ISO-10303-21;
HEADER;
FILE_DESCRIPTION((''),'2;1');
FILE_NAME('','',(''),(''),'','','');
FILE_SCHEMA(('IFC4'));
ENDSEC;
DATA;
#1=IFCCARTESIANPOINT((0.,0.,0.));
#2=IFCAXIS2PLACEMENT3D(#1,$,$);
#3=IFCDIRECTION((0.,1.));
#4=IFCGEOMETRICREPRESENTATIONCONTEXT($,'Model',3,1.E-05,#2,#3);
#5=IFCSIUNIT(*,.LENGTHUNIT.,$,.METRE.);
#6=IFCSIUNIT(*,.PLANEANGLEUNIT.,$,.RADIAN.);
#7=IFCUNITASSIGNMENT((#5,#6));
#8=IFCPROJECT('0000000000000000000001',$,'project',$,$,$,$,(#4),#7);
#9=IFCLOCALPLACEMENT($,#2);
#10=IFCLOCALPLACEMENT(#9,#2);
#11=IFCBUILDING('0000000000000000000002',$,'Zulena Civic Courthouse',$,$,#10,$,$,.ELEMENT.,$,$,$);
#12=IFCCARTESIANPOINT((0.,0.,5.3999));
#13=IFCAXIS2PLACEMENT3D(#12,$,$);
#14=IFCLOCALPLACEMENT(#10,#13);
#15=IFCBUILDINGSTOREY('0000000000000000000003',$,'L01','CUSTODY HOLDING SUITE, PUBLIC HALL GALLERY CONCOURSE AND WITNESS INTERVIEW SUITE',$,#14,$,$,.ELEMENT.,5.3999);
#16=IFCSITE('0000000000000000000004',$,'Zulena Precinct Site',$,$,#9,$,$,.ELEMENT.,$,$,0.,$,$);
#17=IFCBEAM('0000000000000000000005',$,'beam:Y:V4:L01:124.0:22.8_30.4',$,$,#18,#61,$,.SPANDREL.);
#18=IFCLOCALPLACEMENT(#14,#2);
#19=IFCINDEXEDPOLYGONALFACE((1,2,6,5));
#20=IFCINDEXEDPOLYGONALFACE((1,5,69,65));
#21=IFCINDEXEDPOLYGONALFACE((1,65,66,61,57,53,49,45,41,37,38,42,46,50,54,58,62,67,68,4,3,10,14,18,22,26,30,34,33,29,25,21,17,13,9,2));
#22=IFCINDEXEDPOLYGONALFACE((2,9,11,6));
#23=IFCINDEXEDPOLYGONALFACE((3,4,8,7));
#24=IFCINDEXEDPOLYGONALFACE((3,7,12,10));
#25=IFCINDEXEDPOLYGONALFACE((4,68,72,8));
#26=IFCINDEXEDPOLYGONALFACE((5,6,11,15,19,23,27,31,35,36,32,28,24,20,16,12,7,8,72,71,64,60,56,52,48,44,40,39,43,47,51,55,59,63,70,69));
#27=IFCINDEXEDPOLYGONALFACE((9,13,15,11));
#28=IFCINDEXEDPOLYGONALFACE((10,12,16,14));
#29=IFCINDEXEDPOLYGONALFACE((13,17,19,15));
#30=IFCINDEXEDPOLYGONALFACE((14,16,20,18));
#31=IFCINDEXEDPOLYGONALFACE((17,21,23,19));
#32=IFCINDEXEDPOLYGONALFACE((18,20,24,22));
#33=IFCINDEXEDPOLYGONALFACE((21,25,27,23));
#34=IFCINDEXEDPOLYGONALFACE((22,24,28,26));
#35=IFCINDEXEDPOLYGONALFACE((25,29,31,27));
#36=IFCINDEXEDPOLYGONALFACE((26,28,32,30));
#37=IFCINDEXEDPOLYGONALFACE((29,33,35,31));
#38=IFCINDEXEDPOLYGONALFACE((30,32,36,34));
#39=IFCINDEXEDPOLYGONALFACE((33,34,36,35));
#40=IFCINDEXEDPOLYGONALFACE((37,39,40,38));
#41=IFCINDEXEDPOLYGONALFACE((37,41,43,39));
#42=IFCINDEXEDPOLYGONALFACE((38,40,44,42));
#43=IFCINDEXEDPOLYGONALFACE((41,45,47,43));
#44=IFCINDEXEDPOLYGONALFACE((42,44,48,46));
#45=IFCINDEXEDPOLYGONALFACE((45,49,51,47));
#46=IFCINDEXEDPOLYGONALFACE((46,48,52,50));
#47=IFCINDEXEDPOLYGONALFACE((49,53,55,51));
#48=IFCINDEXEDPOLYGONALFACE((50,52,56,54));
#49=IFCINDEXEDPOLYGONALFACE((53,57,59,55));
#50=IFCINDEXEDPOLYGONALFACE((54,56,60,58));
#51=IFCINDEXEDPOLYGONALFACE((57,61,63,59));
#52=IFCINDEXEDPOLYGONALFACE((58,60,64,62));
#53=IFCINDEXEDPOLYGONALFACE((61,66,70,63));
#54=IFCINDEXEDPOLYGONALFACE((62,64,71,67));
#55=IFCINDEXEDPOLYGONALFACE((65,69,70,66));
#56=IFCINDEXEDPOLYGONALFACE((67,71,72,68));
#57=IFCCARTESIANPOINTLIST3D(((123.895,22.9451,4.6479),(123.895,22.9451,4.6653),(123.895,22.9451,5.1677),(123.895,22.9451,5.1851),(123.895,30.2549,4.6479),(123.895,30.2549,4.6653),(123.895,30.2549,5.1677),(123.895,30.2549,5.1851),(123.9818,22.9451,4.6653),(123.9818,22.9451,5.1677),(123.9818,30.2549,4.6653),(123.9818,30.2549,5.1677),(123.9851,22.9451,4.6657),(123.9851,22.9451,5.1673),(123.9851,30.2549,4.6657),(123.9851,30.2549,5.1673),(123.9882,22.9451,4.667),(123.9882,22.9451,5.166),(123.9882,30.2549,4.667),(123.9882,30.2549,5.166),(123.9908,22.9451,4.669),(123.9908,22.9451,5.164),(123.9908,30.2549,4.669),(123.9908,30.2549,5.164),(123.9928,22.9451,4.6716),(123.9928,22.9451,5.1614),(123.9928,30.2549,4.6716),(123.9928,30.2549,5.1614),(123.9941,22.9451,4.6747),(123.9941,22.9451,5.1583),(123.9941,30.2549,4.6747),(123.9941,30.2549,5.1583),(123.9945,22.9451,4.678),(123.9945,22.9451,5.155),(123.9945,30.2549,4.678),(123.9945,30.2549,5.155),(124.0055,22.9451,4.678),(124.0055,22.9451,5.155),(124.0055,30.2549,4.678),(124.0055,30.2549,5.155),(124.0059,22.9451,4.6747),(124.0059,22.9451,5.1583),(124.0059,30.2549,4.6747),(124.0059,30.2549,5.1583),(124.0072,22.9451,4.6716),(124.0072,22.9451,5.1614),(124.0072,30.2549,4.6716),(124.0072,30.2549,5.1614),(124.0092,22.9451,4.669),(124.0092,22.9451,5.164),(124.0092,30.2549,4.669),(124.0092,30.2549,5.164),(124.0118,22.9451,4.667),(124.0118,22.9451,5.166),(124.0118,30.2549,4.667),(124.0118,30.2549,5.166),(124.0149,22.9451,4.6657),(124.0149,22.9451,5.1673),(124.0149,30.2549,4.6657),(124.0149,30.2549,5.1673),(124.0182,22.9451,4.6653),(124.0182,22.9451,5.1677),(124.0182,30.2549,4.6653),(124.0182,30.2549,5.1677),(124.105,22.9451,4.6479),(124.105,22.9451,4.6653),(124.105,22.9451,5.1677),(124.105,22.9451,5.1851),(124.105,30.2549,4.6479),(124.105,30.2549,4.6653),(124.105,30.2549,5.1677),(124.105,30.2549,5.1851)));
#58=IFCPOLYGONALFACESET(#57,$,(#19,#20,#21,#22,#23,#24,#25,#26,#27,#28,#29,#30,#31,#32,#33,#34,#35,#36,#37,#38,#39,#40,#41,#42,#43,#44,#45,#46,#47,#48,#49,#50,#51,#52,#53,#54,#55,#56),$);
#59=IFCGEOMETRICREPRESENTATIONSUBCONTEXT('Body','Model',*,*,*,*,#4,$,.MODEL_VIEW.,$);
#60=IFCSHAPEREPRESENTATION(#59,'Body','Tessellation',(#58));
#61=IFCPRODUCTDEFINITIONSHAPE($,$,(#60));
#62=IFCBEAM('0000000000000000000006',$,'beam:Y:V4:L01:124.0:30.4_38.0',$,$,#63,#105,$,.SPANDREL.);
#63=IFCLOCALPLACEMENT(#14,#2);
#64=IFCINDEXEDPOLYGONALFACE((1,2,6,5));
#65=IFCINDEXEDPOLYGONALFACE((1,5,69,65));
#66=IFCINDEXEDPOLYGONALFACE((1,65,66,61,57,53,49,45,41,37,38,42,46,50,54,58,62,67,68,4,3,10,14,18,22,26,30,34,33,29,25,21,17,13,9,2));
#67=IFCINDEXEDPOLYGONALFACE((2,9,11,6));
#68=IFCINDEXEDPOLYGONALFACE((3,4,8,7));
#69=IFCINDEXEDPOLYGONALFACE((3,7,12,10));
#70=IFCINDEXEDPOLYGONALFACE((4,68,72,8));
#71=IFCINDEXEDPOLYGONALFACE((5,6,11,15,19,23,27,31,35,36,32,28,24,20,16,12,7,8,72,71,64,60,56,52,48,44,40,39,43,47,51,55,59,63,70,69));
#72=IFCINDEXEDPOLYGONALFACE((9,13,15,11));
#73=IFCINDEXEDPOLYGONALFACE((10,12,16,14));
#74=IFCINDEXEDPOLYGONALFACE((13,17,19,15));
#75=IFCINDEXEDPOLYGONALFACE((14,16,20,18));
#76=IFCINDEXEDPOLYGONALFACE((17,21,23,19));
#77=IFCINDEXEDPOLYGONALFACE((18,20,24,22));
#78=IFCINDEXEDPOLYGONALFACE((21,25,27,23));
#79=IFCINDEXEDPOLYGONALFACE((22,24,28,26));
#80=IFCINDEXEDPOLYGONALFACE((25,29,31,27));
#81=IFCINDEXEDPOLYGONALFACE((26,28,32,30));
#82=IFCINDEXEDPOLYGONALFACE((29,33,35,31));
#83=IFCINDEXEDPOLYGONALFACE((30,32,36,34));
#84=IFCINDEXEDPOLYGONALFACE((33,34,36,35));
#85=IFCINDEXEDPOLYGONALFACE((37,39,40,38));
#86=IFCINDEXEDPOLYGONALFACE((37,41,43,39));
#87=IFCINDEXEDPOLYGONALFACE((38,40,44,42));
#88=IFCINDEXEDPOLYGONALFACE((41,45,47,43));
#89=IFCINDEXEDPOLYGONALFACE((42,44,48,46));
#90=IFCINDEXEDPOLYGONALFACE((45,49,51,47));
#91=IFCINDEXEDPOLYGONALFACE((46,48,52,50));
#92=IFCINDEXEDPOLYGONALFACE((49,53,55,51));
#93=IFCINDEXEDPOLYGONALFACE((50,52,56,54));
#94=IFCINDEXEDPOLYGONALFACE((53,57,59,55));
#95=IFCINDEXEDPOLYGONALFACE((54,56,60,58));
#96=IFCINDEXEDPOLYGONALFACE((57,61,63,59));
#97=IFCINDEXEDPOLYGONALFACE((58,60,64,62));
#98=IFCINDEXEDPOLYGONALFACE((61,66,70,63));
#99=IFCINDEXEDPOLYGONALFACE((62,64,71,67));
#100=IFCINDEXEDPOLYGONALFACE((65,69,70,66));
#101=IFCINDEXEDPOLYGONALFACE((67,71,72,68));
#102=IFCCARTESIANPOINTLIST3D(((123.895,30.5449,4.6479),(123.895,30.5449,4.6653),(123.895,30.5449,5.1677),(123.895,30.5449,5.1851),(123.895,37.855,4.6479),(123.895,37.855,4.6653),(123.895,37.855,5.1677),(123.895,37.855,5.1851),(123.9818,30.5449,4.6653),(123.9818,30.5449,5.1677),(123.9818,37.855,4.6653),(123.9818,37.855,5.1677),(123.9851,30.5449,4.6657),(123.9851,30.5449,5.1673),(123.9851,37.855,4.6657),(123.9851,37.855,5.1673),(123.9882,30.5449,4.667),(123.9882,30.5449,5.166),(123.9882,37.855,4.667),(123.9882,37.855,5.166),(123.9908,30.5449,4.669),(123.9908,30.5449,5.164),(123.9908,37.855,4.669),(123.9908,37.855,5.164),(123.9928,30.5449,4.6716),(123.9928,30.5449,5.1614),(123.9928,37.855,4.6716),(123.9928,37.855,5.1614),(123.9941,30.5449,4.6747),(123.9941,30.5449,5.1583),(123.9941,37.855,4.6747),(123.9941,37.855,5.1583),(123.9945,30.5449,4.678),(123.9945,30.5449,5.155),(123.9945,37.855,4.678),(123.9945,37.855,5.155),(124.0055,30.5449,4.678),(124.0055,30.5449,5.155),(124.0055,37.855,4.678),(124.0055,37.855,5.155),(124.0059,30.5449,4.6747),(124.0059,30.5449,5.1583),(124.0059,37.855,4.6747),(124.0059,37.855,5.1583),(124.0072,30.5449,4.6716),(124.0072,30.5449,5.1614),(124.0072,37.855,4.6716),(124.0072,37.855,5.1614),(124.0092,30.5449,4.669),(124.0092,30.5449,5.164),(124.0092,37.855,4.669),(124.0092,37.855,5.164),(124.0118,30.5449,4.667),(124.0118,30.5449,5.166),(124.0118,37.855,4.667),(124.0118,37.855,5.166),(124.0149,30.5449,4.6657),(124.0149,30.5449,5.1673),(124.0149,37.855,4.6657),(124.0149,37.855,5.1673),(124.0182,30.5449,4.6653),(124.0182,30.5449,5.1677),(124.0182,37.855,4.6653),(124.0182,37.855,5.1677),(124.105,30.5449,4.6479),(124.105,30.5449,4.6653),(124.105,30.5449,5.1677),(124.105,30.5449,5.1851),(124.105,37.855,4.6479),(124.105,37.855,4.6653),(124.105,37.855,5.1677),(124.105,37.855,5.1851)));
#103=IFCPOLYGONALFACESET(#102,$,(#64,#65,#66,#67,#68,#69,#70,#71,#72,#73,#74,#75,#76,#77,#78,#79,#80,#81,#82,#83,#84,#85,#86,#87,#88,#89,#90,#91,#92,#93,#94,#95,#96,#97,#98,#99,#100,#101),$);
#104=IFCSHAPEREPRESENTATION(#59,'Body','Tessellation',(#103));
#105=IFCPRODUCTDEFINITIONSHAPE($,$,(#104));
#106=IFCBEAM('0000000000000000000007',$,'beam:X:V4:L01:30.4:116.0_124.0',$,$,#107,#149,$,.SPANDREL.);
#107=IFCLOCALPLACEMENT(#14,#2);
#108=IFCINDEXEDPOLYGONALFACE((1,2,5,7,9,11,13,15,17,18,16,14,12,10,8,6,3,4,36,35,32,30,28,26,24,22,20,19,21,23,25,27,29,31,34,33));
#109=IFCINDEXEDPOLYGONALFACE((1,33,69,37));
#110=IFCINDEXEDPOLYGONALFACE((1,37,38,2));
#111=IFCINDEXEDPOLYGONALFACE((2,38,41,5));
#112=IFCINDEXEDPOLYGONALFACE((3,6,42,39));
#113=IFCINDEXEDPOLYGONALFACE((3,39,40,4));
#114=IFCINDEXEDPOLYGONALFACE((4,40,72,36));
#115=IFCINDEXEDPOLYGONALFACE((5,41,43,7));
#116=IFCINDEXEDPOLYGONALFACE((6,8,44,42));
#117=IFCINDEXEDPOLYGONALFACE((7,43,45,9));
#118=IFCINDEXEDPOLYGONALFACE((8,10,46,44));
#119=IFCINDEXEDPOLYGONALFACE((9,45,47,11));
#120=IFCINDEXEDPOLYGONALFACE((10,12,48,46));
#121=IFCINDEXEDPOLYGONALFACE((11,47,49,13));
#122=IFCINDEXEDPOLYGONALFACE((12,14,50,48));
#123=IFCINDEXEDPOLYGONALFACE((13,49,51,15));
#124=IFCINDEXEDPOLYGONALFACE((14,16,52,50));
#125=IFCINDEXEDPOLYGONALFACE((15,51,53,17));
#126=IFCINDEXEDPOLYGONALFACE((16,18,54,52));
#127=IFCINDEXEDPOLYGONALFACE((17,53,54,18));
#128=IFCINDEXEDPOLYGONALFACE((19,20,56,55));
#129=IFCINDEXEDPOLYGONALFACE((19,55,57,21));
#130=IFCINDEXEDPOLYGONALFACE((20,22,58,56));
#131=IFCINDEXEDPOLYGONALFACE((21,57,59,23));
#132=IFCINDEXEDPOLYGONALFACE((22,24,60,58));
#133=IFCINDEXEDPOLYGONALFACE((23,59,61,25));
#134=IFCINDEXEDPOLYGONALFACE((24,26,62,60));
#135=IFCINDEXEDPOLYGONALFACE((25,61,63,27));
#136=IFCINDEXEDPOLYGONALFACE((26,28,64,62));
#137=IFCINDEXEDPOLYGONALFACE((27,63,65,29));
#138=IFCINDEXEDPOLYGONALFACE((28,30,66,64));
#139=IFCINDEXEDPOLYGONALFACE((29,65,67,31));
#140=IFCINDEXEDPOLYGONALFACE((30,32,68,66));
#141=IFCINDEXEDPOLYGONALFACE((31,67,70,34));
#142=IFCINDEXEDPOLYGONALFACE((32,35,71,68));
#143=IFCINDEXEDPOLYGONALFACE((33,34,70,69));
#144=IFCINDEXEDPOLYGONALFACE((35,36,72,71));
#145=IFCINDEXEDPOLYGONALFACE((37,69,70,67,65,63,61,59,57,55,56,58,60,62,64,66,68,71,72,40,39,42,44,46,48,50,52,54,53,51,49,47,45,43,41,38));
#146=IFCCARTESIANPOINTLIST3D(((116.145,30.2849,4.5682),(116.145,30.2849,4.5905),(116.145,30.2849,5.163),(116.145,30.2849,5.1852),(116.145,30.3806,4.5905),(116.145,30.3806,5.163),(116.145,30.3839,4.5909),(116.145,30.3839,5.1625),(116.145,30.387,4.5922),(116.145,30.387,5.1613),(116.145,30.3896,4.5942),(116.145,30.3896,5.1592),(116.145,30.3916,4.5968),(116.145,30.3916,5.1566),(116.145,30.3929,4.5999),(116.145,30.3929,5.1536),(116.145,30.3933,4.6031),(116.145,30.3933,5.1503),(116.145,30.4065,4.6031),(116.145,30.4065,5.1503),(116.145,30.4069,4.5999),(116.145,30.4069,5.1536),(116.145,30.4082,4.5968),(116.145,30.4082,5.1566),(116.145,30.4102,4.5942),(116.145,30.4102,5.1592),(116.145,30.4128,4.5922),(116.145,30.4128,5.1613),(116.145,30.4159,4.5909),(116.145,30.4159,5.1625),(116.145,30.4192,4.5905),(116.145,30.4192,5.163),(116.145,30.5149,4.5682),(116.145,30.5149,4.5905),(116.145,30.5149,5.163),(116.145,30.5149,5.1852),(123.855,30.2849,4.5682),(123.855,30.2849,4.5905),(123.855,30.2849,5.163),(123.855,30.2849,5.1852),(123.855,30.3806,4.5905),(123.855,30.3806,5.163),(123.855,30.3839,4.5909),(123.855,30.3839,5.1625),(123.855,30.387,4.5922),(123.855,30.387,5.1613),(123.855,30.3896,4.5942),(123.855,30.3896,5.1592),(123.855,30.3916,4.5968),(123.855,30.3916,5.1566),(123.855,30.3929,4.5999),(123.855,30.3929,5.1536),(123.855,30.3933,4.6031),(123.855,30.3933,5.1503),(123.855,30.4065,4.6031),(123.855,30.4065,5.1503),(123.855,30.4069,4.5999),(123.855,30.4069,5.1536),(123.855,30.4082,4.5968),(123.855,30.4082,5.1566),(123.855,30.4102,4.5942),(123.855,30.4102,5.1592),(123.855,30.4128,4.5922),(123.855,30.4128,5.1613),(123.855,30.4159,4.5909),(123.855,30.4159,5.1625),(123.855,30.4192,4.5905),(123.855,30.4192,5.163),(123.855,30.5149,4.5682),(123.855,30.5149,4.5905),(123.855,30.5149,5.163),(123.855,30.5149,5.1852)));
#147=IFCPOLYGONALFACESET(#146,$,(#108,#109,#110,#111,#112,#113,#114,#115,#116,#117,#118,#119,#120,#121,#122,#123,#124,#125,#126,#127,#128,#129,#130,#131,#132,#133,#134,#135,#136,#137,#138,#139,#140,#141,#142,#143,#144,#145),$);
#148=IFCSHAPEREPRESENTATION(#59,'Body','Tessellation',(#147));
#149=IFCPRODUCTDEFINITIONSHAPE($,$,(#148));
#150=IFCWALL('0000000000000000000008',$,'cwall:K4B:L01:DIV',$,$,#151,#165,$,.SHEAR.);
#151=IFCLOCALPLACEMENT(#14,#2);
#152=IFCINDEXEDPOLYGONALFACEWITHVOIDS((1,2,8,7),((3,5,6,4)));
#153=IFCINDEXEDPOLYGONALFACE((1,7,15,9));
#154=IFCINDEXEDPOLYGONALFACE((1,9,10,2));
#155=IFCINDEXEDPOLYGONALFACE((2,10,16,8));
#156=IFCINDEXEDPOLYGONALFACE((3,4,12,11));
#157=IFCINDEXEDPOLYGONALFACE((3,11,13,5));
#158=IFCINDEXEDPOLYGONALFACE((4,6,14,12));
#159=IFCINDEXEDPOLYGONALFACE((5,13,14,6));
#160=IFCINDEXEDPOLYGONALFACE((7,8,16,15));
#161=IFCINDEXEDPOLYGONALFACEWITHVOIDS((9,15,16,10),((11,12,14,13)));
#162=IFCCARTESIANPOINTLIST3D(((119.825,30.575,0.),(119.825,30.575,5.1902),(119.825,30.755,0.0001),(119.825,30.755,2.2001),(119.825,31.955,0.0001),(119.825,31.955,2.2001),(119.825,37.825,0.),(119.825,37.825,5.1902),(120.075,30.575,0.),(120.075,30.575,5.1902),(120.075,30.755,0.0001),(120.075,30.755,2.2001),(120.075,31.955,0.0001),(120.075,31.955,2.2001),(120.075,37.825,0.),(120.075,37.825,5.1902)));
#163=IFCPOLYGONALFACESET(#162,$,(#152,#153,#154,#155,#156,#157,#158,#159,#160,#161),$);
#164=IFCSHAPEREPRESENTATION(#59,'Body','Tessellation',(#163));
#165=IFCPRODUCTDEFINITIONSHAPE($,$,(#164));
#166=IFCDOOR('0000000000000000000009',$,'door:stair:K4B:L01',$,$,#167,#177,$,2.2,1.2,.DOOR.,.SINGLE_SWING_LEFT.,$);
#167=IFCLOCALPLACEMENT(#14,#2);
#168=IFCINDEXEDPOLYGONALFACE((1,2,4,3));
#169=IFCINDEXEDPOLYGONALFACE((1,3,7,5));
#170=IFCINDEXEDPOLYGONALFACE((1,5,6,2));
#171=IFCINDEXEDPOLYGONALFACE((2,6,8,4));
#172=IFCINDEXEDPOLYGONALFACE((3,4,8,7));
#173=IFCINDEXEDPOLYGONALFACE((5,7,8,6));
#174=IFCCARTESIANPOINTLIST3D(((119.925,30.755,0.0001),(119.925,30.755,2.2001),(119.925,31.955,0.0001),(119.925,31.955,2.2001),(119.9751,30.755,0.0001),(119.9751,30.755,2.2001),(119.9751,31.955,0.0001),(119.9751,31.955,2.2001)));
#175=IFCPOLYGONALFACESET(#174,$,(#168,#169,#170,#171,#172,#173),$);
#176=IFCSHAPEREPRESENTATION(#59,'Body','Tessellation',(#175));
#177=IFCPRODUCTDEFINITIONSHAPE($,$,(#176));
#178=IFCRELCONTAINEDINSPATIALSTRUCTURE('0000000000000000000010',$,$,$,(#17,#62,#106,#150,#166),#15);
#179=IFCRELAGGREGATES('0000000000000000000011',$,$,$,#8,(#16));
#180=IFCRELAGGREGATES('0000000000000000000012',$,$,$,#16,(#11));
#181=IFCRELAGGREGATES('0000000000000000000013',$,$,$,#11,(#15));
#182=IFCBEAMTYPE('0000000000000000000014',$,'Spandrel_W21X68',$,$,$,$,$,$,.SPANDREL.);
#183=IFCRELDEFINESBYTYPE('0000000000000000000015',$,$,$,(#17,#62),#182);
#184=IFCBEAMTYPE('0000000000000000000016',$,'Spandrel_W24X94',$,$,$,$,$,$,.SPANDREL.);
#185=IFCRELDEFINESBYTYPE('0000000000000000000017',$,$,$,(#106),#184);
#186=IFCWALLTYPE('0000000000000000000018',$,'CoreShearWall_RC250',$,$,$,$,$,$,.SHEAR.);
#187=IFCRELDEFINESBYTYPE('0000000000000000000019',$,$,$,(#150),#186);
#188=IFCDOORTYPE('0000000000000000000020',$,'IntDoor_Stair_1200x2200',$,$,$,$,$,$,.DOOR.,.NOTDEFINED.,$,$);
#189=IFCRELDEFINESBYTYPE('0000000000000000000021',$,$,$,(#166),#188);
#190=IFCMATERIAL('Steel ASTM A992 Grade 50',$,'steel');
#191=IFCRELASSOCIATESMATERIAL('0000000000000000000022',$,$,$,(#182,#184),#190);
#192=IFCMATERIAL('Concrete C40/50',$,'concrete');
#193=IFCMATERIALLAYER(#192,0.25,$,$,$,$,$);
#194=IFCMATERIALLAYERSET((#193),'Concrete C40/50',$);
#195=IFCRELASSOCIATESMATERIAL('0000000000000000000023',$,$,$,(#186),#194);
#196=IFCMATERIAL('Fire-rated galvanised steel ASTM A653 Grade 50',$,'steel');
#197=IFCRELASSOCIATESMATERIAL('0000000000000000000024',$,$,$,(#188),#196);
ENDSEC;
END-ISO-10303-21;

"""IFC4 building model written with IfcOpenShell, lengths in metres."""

from ifc_helpers import new_model, si_unit, direction, frame, frame_2d, origin, origin_2d, place, context, subcontext, project, spatial, rectangle, i_section, extrude, material, layer, layer_set, material_profile, profile_set, type_object, element, fill, save


model = new_model("IFC4")

# Units and contexts
model_context = context("Model", 3, precision=1e-05, world=origin(), true_north=direction((0.0, 1.0)))
body_context = subcontext(model_context, "Body", "Model", "MODEL_VIEW")
ifc_project = project(units=[si_unit("LENGTHUNIT", "METRE"), si_unit("PLANEANGLEUNIT", "RADIAN")], contexts=[model_context])

# Site, building, storey
site_placement = place(None, origin())
site = spatial("IfcSite", under=ifc_project, at=site_placement, Name="Zulena Precinct Site", CompositionType="ELEMENT", RefElevation=0.0)
building_placement = place(site_placement, origin())
building = spatial("IfcBuilding", under=site, at=building_placement, Name="Zulena Civic Courthouse", CompositionType="ELEMENT")
storey_placement = place(building_placement, frame((0.0, 0.0, 5.3999)))
storey = spatial("IfcBuildingStorey", under=building, at=storey_placement, Name="L01", Description="CUSTODY HOLDING SUITE, PUBLIC HALL GALLERY CONCOURSE AND WITNESS INTERVIEW SUITE", CompositionType="ELEMENT", Elevation=5.3999)

# Shared definitions
ifc_material_1 = material(Name="Steel ASTM A992 Grade 50", Category="steel")

# Beams
ifc_material_profile_1 = material_profile(ifc_material_1, i_section(OverallWidth=0.21, OverallDepth=0.5371, WebThickness=0.011, FlangeThickness=0.0173, FilletRadius=0.0127, at=origin_2d()), Name="W21X68")
ifc_profile_set_1 = profile_set([ifc_material_profile_1], Name="Steel ASTM A992 Grade 50")
beam_type_1 = type_object("IfcBeamType", Name="Spandrel_W21X68", PredefinedType="SPANDREL", material=ifc_profile_set_1)
beam_1_placement = place(storey_placement, frame((124.0, 22.9451, 4.9165), z_axis=(0.0, 1.0, 0.0), x_axis=(-1.0, 0.0, 0.0)))
element("IfcBeam", 1, at=beam_1_placement, inside=storey, type_object=beam_type_1, Name="beam:Y:V4:L01:124.0:22.8_30.4", PredefinedType="SPANDREL", context=body_context, shape_type="SweptSolid", body=[
    extrude(i_section(OverallWidth=0.21, OverallDepth=0.5371, WebThickness=0.011, FlangeThickness=0.0173, FilletRadius=0.0127, at=origin_2d()), origin(), (0.0, 0.0, 1.0), 7.3098),
])
beam_2_placement = place(storey_placement, frame((124.0, 30.5449, 4.9165), z_axis=(0.0, 1.0, 0.0), x_axis=(-1.0, 0.0, 0.0)))
element("IfcBeam", 2, at=beam_2_placement, inside=storey, type_object=beam_type_1, Name="beam:Y:V4:L01:124.0:30.4_38.0", PredefinedType="SPANDREL", context=body_context, shape_type="SweptSolid", body=[
    extrude(i_section(OverallWidth=0.21, OverallDepth=0.5371, WebThickness=0.011, FlangeThickness=0.0173, FilletRadius=0.0127, at=origin_2d()), origin(), (0.0, 0.0, 1.0), 7.3101),
])
ifc_material_profile_2 = material_profile(ifc_material_1, i_section(OverallWidth=0.23, OverallDepth=0.6169, WebThickness=0.0132, FlangeThickness=0.0222, FilletRadius=0.0127, at=origin_2d()), Name="W24X94")
ifc_profile_set_2 = profile_set([ifc_material_profile_2], Name="Steel ASTM A992 Grade 50")
beam_type_2 = type_object("IfcBeamType", Name="Spandrel_W24X94", PredefinedType="SPANDREL", material=ifc_profile_set_2)
beam_3_placement = place(storey_placement, frame((116.145, 30.3999, 4.8767), z_axis=(1.0, 0.0, 0.0), x_axis=(0.0, 1.0, 0.0)))
element("IfcBeam", 3, at=beam_3_placement, inside=storey, type_object=beam_type_2, Name="beam:X:V4:L01:30.4:116.0_124.0", PredefinedType="SPANDREL", context=body_context, shape_type="SweptSolid", body=[
    extrude(i_section(OverallWidth=0.23, OverallDepth=0.6169, WebThickness=0.0132, FlangeThickness=0.0222, FilletRadius=0.0127, at=origin_2d()), origin(), (0.0, 0.0, 1.0), 7.71),
])

# Wall, opening, door
ifc_material_2 = material(Name="Concrete C40/50", Category="concrete")
ifc_layer_1 = layer(ifc_material_2, 0.25)
ifc_layer_set_1 = layer_set([ifc_layer_1], Name="Concrete C40/50")
wall_type_1 = type_object("IfcWallType", Name="CoreShearWall_RC250", PredefinedType="SHEAR", material=ifc_layer_set_1)
wall_1_placement = place(storey_placement, frame((119.95, 30.575, 0.0), z_axis=(0.0, 0.0, 1.0), x_axis=(0.0, 1.0, 0.0)))
wall_1 = element("IfcWall", 4, at=wall_1_placement, inside=storey, type_object=wall_type_1, Name="cwall:K4B:L01:DIV", PredefinedType="SHEAR", context=body_context, shape_type="SweptSolid", body=[
    extrude(rectangle(XDim=7.25, YDim=0.25, at=frame_2d((3.625, 0.0))), origin(), (0.0, 0.0, 1.0), 5.1902),
])
opening_1_placement = place(wall_1_placement, frame((0.1799, 0.0, 0.0)))
opening_1 = element("IfcOpeningElement", 5, at=opening_1_placement, cuts=wall_1, PredefinedType="OPENING", context=body_context, shape_type="SweptSolid", body=[
    extrude(rectangle(XDim=1.2, YDim=2.2, at=frame_2d((0.6001, 1.1001))), frame((0.0, 0.135, 0.0), z_axis=(0.0, -1.0, 0.0), x_axis=(1.0, 0.0, 0.0)), (0.0, 0.0, 1.0), 0.27),
])
ifc_material_3 = material(Name="Fire-rated galvanised steel ASTM A653 Grade 50", Category="steel")
door_type_1 = type_object("IfcDoorType", Name="IntDoor_Stair_1200x2200", OperationType="NOTDEFINED", PredefinedType="DOOR", material=ifc_material_3)
door_1_placement = place(opening_1_placement, origin())
door_1 = element("IfcDoor", 6, at=door_1_placement, inside=storey, type_object=door_type_1, Name="door:stair:K4B:L01", OperationType="SINGLE_SWING_LEFT", OverallHeight=2.2, OverallWidth=1.2, PredefinedType="DOOR", context=body_context, shape_type="SweptSolid", body=[
    extrude(rectangle(XDim=1.2, YDim=2.2, at=frame_2d((0.6001, 1.1001))), frame((0.0, 0.0249, 0.0), z_axis=(0.0, -1.0, 0.0), x_axis=(1.0, 0.0, 0.0)), (0.0, 0.0, 1.0), 0.05),
])
fill(opening_1, door_1)

save(model, "model.ifc")
